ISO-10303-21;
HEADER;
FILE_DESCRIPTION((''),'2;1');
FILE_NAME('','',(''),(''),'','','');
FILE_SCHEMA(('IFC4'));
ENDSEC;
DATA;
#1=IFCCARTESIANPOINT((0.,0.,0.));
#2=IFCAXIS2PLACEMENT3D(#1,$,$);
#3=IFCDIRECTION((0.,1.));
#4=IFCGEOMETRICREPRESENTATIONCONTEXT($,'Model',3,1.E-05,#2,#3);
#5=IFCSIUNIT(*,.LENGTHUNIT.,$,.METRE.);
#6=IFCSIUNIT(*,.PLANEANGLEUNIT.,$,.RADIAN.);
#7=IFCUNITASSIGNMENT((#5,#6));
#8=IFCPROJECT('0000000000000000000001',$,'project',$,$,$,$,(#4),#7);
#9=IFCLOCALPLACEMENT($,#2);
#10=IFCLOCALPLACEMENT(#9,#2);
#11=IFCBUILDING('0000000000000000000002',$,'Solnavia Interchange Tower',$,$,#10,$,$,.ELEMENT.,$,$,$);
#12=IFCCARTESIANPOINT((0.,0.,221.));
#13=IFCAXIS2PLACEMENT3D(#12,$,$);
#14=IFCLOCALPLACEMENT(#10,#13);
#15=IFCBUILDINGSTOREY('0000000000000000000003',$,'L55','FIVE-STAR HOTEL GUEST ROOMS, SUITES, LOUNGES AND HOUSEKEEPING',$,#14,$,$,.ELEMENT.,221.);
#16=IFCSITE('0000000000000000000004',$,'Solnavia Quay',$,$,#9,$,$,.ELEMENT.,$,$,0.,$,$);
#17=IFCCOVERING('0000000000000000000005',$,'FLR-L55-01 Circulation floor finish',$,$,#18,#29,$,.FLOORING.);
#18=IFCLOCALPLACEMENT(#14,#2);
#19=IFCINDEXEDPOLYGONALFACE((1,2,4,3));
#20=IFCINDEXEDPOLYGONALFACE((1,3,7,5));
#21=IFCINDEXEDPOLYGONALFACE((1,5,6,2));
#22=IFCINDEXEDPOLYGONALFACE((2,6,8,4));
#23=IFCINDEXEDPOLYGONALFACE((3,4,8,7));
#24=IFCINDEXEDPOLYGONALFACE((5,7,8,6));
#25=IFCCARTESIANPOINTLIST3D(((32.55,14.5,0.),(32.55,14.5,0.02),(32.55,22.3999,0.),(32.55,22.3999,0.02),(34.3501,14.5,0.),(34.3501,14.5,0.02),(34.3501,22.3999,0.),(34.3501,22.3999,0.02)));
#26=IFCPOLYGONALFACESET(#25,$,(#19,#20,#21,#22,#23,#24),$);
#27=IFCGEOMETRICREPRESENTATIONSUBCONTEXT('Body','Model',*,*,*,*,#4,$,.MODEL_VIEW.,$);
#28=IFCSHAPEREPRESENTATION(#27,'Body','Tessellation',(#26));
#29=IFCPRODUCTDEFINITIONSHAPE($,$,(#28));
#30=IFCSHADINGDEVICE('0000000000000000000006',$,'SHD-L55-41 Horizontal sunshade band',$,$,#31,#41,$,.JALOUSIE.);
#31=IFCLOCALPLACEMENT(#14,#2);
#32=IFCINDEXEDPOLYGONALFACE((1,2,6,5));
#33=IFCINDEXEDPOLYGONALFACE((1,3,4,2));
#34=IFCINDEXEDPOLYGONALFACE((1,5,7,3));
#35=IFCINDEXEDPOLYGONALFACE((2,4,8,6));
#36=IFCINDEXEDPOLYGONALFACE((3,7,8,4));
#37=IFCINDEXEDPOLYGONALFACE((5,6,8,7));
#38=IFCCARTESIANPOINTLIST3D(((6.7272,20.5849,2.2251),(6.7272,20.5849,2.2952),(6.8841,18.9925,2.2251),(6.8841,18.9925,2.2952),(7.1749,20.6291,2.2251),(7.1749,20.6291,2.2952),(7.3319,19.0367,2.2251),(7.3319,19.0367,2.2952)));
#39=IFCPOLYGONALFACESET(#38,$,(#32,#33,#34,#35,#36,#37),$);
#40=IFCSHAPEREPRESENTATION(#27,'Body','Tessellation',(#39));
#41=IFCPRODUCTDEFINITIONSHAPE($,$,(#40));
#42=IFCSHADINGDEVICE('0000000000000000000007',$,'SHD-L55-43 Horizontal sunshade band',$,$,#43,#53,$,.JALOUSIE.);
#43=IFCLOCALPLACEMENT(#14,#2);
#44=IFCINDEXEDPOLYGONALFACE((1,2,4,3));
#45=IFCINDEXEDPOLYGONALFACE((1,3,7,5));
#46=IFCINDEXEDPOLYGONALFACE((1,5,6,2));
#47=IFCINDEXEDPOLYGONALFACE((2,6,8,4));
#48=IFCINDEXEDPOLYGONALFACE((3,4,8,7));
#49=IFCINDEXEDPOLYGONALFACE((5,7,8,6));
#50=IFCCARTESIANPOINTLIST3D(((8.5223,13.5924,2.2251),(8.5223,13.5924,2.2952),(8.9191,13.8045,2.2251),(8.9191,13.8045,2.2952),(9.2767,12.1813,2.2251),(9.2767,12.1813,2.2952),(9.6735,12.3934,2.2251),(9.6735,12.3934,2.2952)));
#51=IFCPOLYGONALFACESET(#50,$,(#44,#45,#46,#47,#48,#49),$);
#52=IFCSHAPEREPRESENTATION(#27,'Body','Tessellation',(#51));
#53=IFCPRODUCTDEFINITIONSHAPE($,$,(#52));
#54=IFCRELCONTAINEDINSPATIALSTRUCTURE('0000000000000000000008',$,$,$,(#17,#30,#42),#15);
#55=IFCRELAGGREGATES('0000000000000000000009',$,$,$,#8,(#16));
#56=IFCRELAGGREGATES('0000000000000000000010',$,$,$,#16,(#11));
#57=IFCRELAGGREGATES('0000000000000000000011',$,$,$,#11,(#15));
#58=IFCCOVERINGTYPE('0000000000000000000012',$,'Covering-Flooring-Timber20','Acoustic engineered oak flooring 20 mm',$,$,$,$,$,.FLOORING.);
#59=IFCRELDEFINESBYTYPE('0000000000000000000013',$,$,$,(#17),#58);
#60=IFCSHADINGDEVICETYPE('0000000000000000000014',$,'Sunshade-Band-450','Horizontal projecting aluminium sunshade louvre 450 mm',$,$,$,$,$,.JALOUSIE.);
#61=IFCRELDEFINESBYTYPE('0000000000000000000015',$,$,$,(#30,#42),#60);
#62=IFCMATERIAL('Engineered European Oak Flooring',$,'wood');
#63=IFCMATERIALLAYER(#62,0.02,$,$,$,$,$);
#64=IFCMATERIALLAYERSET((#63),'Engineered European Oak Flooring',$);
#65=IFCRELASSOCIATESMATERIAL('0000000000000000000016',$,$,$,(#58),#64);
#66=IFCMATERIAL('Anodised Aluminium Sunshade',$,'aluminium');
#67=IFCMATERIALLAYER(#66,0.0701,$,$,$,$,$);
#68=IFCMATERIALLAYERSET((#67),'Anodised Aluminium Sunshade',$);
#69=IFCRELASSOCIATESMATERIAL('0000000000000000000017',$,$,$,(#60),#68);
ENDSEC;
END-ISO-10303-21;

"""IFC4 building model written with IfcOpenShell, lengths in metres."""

from ifc_helpers import new_model, si_unit, direction, frame, origin, origin_2d, place, context, subcontext, project, spatial, polyline, rectangle, outline, extrude, material, layer, layer_set, type_object, element, save


model = new_model("IFC4")

# Units and contexts
model_context = context("Model", 3, precision=1e-05, world=origin(), true_north=direction((0.0, 1.0)))
body_context = subcontext(model_context, "Body", "Model", "MODEL_VIEW")
ifc_project = project(units=[si_unit("LENGTHUNIT", "METRE"), si_unit("PLANEANGLEUNIT", "RADIAN")], contexts=[model_context])

# Site, building, storey
site_placement = place(None, origin())
site = spatial("IfcSite", under=ifc_project, at=site_placement, Name="Solnavia Quay", CompositionType="ELEMENT", RefElevation=0.0)
building_placement = place(site_placement, origin())
building = spatial("IfcBuilding", under=site, at=building_placement, Name="Solnavia Interchange Tower", CompositionType="ELEMENT")
storey_placement = place(building_placement, frame((0.0, 0.0, 221.0)))
storey = spatial("IfcBuildingStorey", under=building, at=storey_placement, Name="L55", Description="FIVE-STAR HOTEL GUEST ROOMS, SUITES, LOUNGES AND HOUSEKEEPING", CompositionType="ELEMENT", Elevation=221.0)

# Covering
ifc_material_1 = material(Name="Engineered European Oak Flooring", Category="wood")
ifc_layer_1 = layer(ifc_material_1, 0.02)
ifc_layer_set_1 = layer_set([ifc_layer_1], Name="Engineered European Oak Flooring")
covering_type_1 = type_object("IfcCoveringType", Name="Covering-Flooring-Timber20", Description="Acoustic engineered oak flooring 20 mm", PredefinedType="FLOORING", material=ifc_layer_set_1)
covering_1_placement = place(storey_placement, origin())
element("IfcCovering", 1, at=covering_1_placement, inside=storey, type_object=covering_type_1, Name="FLR-L55-01 Circulation floor finish", PredefinedType="FLOORING", context=body_context, shape_type="SweptSolid", body=[
    extrude(outline(polyline([(32.55, 14.5), (34.3501, 14.5), (34.3501, 22.3999), (32.55, 22.3999), (32.55, 14.5)])), origin(), (0.0, 0.0, 1.0), 0.02),
])

# Shading devices
ifc_material_2 = material(Name="Anodised Aluminium Sunshade", Category="aluminium")
ifc_layer_2 = layer(ifc_material_2, 0.0701)
ifc_layer_set_2 = layer_set([ifc_layer_2], Name="Anodised Aluminium Sunshade")
shading_device_type = type_object("IfcShadingDeviceType", Name="Sunshade-Band-450", Description="Horizontal projecting aluminium sunshade louvre 450 mm", PredefinedType="JALOUSIE", material=ifc_layer_set_2)
for number, where, z_axis, x_axis, name in (
    (2, (7.0295, 19.8108, 2.2251), (0.0, 0.0, 1.0), (-0.098104, 0.995176, 0.0), "SHD-L55-41 Horizontal sunshade band"),
    (3, (9.0979, 12.9929, 2.2251), (0.0, 0.0, 1.0), (-0.471474, 0.88188, 0.0), "SHD-L55-43 Horizontal sunshade band"),
):
    element("IfcShadingDevice", number, at=place(storey_placement, frame(where, z_axis=z_axis, x_axis=x_axis)), inside=storey, type_object=shading_device_type, Name=name, PredefinedType="JALOUSIE", context=body_context, shape_type="SweptSolid", body=[
        extrude(rectangle(XDim=1.6001, YDim=0.45, at=origin_2d()), origin(), (0.0, 0.0, 1.0), 0.0701),
    ])

save(model, "model.ifc")
